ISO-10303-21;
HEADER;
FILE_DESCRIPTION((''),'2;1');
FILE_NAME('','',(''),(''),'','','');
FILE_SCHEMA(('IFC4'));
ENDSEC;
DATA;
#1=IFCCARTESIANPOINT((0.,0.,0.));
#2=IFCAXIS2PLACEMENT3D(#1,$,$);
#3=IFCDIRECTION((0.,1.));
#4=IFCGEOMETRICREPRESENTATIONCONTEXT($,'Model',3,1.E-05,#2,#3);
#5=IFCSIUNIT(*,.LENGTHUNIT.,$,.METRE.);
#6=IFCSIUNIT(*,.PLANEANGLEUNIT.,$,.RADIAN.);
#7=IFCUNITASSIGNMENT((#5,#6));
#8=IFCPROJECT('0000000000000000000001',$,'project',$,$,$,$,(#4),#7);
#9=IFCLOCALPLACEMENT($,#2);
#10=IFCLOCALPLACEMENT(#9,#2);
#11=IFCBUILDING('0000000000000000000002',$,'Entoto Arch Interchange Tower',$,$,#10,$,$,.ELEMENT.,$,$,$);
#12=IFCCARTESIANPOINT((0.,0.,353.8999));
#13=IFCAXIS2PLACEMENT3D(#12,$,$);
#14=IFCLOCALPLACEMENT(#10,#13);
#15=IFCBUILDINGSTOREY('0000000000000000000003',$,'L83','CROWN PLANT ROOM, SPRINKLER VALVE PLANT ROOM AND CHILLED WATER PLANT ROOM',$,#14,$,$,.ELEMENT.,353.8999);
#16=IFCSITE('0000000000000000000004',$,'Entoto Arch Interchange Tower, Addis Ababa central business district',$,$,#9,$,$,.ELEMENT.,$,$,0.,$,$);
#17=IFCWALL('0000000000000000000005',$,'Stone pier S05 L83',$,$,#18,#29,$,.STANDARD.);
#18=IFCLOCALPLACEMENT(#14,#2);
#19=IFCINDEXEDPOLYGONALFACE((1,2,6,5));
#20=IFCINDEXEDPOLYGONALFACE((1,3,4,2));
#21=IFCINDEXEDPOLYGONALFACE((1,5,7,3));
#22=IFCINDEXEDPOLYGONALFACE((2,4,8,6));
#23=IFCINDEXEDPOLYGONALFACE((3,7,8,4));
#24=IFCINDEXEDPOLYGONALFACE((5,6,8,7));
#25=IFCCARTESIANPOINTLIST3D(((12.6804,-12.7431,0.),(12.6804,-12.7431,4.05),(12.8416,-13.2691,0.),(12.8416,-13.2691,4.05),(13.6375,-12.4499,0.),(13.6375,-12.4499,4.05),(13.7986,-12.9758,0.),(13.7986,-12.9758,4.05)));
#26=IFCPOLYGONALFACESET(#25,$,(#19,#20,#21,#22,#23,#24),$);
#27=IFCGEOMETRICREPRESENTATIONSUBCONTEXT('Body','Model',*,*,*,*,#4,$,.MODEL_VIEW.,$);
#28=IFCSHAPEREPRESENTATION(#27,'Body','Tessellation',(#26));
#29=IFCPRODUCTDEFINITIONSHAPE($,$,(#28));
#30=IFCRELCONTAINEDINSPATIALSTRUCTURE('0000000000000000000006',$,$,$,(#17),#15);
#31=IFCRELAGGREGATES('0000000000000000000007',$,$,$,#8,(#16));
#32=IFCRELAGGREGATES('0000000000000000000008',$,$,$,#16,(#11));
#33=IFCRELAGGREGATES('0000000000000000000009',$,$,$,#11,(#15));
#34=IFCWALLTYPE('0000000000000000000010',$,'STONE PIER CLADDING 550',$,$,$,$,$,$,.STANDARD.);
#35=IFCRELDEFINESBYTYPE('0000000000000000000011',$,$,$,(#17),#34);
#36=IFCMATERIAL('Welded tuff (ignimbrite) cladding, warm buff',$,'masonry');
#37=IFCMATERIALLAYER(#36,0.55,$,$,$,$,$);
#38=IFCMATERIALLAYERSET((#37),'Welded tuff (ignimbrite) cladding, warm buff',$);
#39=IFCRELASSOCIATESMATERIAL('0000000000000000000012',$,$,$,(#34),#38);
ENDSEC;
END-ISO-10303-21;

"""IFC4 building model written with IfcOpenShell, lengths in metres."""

from ifc_helpers import new_model, si_unit, direction, frame, frame_2d, origin, place, context, subcontext, project, spatial, rectangle, extrude, material, layer, layer_set, type_object, element, save


model = new_model("IFC4")

# Units and contexts
model_context = context("Model", 3, precision=1e-05, world=origin(), true_north=direction((0.0, 1.0)))
body_context = subcontext(model_context, "Body", "Model", "MODEL_VIEW")
ifc_project = project(units=[si_unit("LENGTHUNIT", "METRE"), si_unit("PLANEANGLEUNIT", "RADIAN")], contexts=[model_context])

# Site, building, storey
site_placement = place(None, origin())
site = spatial("IfcSite", under=ifc_project, at=site_placement, Name="Entoto Arch Interchange Tower, Addis Ababa central business district", CompositionType="ELEMENT", RefElevation=0.0)
building_placement = place(site_placement, origin())
building = spatial("IfcBuilding", under=site, at=building_placement, Name="Entoto Arch Interchange Tower", CompositionType="ELEMENT")
storey_placement = place(building_placement, frame((0.0, 0.0, 353.8999)))
storey = spatial("IfcBuildingStorey", under=building, at=storey_placement, Name="L83", Description="CROWN PLANT ROOM, SPRINKLER VALVE PLANT ROOM AND CHILLED WATER PLANT ROOM", CompositionType="ELEMENT", Elevation=353.8999)

# Wall
ifc_material_1 = material(Name="Welded tuff (ignimbrite) cladding, warm buff", Category="masonry")
ifc_layer_1 = layer(ifc_material_1, 0.55)
ifc_layer_set_1 = layer_set([ifc_layer_1], Name="Welded tuff (ignimbrite) cladding, warm buff")
wall_type_1 = type_object("IfcWallType", Name="STONE PIER CLADDING 550", PredefinedType="STANDARD", material=ifc_layer_set_1)
wall_1_placement = place(storey_placement, frame((12.761, -13.0061, 0.0), z_axis=(0.0, 0.0, 1.0), x_axis=(0.956132, 0.292937, 0.0)))
element("IfcWall", 1, at=wall_1_placement, inside=storey, type_object=wall_type_1, Name="Stone pier S05 L83", PredefinedType="STANDARD", context=body_context, shape_type="SweptSolid", body=[
    extrude(rectangle(XDim=1.001, YDim=0.55, at=frame_2d((0.5005, 0.0))), origin(), (0.0, 0.0, 1.0), 4.05),
])

save(model, "model.ifc")
